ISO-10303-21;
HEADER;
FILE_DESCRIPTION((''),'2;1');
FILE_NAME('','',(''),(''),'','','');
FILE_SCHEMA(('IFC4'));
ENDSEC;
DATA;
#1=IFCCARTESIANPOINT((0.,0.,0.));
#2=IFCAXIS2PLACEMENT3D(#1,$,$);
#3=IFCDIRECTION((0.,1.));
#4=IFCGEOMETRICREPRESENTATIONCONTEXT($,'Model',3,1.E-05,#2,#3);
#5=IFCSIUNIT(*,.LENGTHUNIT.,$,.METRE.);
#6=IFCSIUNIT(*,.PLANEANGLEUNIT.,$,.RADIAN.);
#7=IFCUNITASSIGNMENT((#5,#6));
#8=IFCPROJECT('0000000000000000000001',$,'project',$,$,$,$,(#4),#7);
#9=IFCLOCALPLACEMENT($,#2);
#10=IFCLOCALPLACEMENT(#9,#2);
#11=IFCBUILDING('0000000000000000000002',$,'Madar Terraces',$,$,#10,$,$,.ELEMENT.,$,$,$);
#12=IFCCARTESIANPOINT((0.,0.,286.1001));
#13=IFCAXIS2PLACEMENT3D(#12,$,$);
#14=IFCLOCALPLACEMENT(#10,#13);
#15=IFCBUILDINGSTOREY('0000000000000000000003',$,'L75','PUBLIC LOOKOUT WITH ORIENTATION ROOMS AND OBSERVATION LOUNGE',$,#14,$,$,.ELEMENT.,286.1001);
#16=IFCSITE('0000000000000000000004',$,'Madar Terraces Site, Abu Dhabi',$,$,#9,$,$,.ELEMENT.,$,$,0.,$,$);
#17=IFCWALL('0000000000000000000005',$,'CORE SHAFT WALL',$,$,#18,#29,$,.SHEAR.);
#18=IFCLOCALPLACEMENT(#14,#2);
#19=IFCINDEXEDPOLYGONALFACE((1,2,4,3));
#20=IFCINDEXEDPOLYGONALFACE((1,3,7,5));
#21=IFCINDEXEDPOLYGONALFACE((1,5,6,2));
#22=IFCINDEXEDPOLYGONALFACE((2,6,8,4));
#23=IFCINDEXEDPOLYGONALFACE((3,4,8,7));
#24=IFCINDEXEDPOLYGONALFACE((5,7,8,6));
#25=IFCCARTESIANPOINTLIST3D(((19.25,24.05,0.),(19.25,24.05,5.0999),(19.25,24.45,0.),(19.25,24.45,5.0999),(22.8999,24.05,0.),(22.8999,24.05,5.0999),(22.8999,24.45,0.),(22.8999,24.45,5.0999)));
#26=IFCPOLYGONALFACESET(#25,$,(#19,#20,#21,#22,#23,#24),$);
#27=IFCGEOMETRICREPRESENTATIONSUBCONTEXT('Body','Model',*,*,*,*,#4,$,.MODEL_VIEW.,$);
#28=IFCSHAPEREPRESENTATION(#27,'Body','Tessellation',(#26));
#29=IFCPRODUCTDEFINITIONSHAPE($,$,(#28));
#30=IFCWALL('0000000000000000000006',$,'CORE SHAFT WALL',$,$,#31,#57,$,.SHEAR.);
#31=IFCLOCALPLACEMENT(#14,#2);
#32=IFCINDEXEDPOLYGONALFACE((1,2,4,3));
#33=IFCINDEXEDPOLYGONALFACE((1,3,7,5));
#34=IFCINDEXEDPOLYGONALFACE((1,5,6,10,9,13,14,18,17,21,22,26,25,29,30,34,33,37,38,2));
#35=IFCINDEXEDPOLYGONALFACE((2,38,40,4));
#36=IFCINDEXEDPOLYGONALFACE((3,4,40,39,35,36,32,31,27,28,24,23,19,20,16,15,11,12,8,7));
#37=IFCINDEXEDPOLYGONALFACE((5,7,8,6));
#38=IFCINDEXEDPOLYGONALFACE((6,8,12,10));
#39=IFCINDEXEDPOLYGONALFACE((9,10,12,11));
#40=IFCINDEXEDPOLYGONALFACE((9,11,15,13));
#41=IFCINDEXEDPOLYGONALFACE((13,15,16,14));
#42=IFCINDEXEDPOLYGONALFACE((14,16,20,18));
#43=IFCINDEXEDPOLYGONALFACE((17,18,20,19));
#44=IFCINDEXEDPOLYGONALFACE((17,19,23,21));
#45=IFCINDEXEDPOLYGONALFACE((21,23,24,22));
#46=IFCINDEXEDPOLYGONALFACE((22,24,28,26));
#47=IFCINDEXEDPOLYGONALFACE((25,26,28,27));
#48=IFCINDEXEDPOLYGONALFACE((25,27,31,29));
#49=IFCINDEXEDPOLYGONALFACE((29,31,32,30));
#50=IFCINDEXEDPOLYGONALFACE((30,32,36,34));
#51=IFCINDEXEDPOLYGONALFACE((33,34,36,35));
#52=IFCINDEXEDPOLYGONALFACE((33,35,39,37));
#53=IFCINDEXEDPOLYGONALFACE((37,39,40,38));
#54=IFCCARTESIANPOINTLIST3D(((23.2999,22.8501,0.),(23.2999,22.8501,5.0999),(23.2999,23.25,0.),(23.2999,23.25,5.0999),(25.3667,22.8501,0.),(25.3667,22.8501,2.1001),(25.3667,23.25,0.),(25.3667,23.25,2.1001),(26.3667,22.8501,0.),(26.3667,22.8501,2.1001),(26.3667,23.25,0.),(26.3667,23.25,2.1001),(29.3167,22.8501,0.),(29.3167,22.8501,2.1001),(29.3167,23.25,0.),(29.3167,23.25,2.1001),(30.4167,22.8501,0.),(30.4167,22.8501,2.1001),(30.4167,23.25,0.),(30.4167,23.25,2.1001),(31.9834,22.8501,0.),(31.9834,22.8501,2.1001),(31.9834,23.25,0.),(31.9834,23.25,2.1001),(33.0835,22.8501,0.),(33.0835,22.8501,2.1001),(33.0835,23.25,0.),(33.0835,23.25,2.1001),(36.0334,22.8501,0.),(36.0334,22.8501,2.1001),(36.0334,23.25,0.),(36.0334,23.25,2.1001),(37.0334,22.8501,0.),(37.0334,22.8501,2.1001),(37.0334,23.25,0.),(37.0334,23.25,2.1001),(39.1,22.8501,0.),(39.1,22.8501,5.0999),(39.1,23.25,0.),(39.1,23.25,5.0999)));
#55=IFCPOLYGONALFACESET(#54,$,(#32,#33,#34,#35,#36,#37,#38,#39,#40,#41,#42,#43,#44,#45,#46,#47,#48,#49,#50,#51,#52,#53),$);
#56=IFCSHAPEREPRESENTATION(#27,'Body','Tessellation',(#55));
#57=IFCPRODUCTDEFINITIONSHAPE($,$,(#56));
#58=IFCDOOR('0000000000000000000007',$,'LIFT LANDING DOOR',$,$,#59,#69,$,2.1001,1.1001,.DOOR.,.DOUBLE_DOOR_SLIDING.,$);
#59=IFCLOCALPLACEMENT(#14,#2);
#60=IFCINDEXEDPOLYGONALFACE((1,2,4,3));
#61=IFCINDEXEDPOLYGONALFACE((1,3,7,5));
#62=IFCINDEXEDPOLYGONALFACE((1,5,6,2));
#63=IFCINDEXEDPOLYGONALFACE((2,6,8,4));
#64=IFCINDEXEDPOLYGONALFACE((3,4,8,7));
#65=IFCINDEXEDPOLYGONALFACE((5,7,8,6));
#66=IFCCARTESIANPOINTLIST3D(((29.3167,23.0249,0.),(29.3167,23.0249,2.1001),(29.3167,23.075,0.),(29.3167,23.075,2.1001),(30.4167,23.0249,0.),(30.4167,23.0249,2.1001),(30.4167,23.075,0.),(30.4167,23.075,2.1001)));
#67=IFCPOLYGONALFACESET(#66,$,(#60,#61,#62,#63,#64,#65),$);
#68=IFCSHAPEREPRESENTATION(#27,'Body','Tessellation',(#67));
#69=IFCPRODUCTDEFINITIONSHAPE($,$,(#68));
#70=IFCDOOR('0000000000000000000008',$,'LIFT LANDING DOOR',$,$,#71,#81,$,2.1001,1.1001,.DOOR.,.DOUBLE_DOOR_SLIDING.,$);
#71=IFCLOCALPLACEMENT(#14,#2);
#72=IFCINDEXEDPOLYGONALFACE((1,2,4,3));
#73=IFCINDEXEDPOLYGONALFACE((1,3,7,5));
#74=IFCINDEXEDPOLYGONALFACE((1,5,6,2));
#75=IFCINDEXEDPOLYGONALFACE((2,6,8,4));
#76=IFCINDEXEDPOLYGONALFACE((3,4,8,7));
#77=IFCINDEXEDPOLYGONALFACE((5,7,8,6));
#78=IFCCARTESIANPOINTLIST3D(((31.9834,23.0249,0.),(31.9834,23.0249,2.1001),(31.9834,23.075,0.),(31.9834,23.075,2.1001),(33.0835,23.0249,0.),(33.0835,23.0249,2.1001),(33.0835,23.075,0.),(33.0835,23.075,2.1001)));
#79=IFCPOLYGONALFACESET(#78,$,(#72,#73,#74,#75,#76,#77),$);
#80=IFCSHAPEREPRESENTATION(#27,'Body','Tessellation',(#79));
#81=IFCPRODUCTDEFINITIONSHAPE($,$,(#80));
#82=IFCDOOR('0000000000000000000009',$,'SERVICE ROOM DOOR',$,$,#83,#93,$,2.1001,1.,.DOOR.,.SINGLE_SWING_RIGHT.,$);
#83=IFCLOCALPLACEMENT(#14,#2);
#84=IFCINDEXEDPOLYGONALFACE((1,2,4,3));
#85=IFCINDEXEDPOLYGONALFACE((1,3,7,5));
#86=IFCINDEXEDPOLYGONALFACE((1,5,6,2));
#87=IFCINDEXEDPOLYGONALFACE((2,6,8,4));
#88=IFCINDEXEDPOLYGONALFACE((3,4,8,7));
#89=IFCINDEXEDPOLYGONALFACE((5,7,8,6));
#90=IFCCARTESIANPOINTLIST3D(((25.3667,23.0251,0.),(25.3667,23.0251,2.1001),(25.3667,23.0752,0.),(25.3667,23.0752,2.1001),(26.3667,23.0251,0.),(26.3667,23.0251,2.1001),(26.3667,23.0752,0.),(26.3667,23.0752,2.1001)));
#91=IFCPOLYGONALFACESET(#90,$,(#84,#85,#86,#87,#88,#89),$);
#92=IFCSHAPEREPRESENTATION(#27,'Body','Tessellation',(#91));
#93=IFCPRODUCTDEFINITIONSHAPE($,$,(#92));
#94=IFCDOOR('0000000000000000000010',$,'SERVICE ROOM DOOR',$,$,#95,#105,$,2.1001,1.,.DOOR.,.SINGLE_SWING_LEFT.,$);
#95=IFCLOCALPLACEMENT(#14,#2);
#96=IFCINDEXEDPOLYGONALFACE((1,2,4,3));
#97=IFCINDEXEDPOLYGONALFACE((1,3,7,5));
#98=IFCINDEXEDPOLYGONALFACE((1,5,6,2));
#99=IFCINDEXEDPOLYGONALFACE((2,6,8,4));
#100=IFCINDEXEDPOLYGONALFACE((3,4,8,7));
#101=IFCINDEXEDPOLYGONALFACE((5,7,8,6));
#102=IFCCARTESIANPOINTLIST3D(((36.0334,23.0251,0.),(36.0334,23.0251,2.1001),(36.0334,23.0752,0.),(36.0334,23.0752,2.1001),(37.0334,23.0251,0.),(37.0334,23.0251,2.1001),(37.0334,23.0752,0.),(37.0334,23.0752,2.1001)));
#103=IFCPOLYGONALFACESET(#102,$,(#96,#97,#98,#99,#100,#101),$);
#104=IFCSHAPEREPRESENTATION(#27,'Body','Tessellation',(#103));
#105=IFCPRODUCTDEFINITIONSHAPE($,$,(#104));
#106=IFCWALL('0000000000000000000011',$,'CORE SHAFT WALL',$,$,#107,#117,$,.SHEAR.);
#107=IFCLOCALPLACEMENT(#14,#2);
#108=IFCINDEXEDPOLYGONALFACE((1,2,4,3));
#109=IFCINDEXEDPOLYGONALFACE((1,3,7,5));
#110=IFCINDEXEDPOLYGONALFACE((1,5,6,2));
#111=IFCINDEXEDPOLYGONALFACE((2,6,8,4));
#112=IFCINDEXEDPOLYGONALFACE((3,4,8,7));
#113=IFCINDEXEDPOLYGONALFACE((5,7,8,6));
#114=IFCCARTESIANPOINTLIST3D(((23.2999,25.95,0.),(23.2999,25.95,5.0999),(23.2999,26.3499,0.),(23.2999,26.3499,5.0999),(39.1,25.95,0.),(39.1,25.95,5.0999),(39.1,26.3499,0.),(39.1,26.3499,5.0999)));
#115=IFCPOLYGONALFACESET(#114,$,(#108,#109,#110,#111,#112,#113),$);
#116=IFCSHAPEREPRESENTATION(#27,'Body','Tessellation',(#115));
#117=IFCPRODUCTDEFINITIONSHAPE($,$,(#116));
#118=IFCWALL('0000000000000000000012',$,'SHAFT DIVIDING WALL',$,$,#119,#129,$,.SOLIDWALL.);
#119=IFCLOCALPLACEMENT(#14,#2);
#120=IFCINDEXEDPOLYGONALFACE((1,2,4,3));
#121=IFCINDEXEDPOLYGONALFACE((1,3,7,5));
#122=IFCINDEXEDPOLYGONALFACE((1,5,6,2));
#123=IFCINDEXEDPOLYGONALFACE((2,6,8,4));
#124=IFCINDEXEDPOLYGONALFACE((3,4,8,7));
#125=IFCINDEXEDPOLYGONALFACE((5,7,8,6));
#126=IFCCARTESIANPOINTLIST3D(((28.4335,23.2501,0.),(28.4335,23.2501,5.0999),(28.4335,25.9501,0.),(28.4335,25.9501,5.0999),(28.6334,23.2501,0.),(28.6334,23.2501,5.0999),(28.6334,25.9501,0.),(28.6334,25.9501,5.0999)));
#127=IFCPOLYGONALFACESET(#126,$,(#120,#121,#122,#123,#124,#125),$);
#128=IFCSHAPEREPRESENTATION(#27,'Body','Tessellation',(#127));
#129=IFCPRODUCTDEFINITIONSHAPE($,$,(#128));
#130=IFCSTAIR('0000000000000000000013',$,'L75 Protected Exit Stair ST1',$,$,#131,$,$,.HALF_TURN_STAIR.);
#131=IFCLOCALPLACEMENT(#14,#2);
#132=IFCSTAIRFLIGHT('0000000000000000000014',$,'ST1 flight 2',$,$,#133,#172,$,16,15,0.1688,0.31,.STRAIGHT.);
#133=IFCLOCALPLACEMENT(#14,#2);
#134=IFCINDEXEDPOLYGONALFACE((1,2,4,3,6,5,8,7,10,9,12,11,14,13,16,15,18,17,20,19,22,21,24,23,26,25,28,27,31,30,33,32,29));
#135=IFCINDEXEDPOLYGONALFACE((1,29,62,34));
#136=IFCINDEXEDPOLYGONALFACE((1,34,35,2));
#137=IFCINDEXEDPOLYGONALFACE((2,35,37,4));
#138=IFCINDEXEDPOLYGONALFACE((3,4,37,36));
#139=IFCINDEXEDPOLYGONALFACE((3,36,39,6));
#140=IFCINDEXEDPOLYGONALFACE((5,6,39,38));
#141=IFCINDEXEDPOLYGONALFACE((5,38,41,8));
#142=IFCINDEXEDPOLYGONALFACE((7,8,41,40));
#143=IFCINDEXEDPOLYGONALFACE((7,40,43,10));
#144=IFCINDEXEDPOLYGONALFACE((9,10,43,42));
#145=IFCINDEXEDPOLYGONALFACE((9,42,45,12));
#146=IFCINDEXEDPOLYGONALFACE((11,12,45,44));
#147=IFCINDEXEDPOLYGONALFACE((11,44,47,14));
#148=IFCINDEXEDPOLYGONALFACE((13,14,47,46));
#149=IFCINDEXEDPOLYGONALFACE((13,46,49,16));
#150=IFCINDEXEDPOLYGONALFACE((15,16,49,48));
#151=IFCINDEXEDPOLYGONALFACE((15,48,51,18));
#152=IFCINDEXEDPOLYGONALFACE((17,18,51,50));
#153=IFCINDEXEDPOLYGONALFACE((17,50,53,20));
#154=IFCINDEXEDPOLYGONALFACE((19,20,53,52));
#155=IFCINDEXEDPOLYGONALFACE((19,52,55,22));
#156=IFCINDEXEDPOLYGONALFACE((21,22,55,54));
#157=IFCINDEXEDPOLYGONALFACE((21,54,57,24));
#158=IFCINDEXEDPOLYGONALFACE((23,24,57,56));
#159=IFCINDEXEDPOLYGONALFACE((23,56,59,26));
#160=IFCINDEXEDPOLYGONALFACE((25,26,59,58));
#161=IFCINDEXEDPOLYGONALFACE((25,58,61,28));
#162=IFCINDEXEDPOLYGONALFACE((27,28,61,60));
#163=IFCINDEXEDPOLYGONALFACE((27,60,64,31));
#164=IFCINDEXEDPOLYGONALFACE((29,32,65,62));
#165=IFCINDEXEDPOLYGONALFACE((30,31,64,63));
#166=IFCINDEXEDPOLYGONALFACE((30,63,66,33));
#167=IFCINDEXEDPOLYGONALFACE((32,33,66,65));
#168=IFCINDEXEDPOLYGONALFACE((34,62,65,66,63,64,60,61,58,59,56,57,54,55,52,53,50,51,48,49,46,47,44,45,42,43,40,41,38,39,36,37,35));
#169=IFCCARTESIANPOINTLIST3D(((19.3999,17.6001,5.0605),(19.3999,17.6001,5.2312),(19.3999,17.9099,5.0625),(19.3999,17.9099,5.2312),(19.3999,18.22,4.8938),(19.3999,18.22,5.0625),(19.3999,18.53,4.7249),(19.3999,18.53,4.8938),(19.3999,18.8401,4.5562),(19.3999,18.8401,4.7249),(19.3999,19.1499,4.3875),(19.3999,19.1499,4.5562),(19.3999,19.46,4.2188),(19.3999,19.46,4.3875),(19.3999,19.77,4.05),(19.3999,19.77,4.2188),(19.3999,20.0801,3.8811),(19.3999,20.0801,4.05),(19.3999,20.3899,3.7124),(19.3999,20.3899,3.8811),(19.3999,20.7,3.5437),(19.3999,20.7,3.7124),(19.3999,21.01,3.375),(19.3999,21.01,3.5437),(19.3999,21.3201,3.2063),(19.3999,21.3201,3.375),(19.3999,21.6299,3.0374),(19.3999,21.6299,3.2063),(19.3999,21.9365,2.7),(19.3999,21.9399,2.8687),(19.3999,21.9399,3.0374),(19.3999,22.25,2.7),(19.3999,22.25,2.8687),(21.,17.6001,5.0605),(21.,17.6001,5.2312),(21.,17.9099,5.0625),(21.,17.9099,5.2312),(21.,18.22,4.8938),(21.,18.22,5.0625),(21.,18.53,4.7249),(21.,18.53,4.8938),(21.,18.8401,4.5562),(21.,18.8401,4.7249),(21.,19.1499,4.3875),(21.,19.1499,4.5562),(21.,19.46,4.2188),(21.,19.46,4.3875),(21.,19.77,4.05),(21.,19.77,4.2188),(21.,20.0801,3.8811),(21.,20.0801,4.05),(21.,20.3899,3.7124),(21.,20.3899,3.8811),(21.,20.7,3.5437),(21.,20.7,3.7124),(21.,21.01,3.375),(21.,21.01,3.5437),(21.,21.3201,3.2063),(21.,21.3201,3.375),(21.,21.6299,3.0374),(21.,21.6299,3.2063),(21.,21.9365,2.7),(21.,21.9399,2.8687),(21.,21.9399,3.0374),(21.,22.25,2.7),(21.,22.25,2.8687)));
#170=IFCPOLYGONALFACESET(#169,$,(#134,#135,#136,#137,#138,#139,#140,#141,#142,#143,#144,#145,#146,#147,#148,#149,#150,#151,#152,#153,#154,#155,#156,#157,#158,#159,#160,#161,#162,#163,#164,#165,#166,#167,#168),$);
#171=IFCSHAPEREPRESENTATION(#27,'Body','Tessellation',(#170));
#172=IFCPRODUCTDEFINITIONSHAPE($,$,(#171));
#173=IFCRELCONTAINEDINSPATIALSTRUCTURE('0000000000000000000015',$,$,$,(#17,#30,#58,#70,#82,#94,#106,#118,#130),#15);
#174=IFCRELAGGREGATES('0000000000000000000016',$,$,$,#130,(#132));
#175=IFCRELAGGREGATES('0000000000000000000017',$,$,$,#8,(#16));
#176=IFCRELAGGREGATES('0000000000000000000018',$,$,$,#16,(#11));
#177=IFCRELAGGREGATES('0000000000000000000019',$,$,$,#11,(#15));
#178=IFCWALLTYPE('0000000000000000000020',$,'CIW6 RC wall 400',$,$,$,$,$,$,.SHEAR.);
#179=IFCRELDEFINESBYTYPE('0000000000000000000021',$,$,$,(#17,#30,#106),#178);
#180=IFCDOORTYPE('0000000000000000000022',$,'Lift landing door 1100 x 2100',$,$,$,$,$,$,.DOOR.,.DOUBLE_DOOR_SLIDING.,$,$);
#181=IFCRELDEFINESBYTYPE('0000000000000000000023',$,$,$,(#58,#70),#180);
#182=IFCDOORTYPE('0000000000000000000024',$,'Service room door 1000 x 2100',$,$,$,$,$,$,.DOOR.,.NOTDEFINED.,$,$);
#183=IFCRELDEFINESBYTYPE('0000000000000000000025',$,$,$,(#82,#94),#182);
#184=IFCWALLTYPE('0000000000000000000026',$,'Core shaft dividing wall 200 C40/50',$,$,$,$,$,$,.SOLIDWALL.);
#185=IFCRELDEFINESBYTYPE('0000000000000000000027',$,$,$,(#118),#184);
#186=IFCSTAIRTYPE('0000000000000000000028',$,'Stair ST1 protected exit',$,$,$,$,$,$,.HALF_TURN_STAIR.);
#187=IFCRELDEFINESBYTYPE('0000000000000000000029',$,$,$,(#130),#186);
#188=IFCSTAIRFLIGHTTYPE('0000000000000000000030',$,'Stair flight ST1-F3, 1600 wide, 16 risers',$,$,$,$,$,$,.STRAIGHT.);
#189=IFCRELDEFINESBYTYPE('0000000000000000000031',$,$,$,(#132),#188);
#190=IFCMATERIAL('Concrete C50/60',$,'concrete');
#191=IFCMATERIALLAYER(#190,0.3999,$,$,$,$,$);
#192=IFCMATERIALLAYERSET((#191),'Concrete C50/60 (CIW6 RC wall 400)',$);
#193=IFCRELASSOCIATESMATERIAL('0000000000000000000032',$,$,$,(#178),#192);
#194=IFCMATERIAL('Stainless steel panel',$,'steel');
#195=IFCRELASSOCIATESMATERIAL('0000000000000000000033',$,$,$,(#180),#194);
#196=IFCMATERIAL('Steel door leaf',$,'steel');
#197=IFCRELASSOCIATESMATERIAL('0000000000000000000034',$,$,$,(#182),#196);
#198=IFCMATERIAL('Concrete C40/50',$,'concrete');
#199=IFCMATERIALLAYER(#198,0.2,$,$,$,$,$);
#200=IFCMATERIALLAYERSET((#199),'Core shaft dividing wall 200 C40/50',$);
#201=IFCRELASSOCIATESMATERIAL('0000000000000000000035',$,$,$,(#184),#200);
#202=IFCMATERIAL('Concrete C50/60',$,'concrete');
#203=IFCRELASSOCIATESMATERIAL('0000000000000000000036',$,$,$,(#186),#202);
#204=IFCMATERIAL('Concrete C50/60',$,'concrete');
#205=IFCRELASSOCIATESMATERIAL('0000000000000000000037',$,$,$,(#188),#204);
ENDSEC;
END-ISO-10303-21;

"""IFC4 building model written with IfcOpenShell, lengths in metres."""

from ifc_helpers import new_model, si_unit, direction, frame, frame_2d, origin, place, context, subcontext, project, spatial, polyline, rectangle, outline, extrude, material, layer, layer_set, type_object, element, fill, aggregate, save


model = new_model("IFC4")

# Units and contexts
model_context = context("Model", 3, precision=1e-05, world=origin(), true_north=direction((0.0, 1.0)))
body_context = subcontext(model_context, "Body", "Model", "MODEL_VIEW")
ifc_project = project(units=[si_unit("LENGTHUNIT", "METRE"), si_unit("PLANEANGLEUNIT", "RADIAN")], contexts=[model_context])

# Site, building, storey
site_placement = place(None, origin())
site = spatial("IfcSite", under=ifc_project, at=site_placement, Name="Madar Terraces Site, Abu Dhabi", CompositionType="ELEMENT", RefElevation=0.0)
building_placement = place(site_placement, origin())
building = spatial("IfcBuilding", under=site, at=building_placement, Name="Madar Terraces", CompositionType="ELEMENT")
storey_placement = place(building_placement, frame((0.0, 0.0, 286.1001)))
storey = spatial("IfcBuildingStorey", under=building, at=storey_placement, Name="L75", Description="PUBLIC LOOKOUT WITH ORIENTATION ROOMS AND OBSERVATION LOUNGE", CompositionType="ELEMENT", Elevation=286.1001)

# Wall
ifc_material_1 = material(Name="Concrete C50/60", Category="concrete")
ifc_layer_1 = layer(ifc_material_1, 0.3999)
ifc_layer_set_1 = layer_set([ifc_layer_1], Name="Concrete C50/60 (CIW6 RC wall 400)")
wall_type_1 = type_object("IfcWallType", Name="CIW6 RC wall 400", PredefinedType="SHEAR", material=ifc_layer_set_1)
wall_1_placement = place(storey_placement, frame((19.25, 24.25, 0.0), z_axis=(0.0, 0.0, 1.0), x_axis=(1.0, 0.0, 0.0)))
element("IfcWall", 1, at=wall_1_placement, inside=storey, type_object=wall_type_1, Name="CORE SHAFT WALL", PredefinedType="SHEAR", context=body_context, shape_type="SweptSolid", body=[
    extrude(rectangle(XDim=3.6499, YDim=0.3999, at=frame_2d((1.825, 0.0))), origin(), (0.0, 0.0, 1.0), 5.0999),
])

# Wall, openings, doors
wall_2_placement = place(storey_placement, frame((23.3, 23.05, 0.0), z_axis=(0.0, 0.0, 1.0), x_axis=(1.0, 0.0, 0.0)))
wall_2 = element("IfcWall", 2, at=wall_2_placement, inside=storey, type_object=wall_type_1, Name="CORE SHAFT WALL", PredefinedType="SHEAR", context=body_context, shape_type="SweptSolid", body=[
    extrude(rectangle(XDim=15.8, YDim=0.3999, at=frame_2d((7.8999, 0.0))), origin(), (0.0, 0.0, 1.0), 5.0999),
])
opening_1_placement = place(wall_2_placement, frame((6.0166, 0.0, 0.0)))
opening_1 = element("IfcOpeningElement", 3, at=opening_1_placement, cuts=wall_2, PredefinedType="OPENING", context=body_context, shape_type="SweptSolid", body=[
    extrude(rectangle(XDim=1.1001, YDim=2.1001, at=frame_2d((0.55, 1.05))), frame((0.0, 0.21, 0.0), z_axis=(0.0, -1.0, 0.0), x_axis=(1.0, 0.0, 0.0)), (0.0, 0.0, 1.0), 0.4199),
])
opening_2_placement = place(wall_2_placement, frame((8.6833, 0.0, 0.0)))
opening_2 = element("IfcOpeningElement", 4, at=opening_2_placement, cuts=wall_2, PredefinedType="OPENING", context=body_context, shape_type="SweptSolid", body=[
    extrude(rectangle(XDim=1.1001, YDim=2.1001, at=frame_2d((0.55, 1.05))), frame((0.0, 0.21, 0.0), z_axis=(0.0, -1.0, 0.0), x_axis=(1.0, 0.0, 0.0)), (0.0, 0.0, 1.0), 0.4199),
])
opening_3_placement = place(wall_2_placement, frame((2.0667, 0.0, 0.0)))
opening_3 = element("IfcOpeningElement", 5, at=opening_3_placement, cuts=wall_2, PredefinedType="OPENING", context=body_context, shape_type="SweptSolid", body=[
    extrude(rectangle(XDim=1.0, YDim=2.1001, at=frame_2d((0.5, 1.05))), frame((0.0, 0.21, 0.0), z_axis=(0.0, -1.0, 0.0), x_axis=(1.0, 0.0, 0.0)), (0.0, 0.0, 1.0), 0.4199),
])
opening_4_placement = place(wall_2_placement, frame((12.7334, 0.0, 0.0)))
opening_4 = element("IfcOpeningElement", 6, at=opening_4_placement, cuts=wall_2, PredefinedType="OPENING", context=body_context, shape_type="SweptSolid", body=[
    extrude(rectangle(XDim=1.0, YDim=2.1001, at=frame_2d((0.5, 1.05))), frame((0.0, 0.21, 0.0), z_axis=(0.0, -1.0, 0.0), x_axis=(1.0, 0.0, 0.0)), (0.0, 0.0, 1.0), 0.4199),
])
ifc_material_2 = material(Name="Stainless steel panel", Category="steel")
door_type_1 = type_object("IfcDoorType", Name="Lift landing door 1100 x 2100", OperationType="DOUBLE_DOOR_SLIDING", PredefinedType="DOOR", material=ifc_material_2)
door_1_placement = place(opening_1_placement, origin())
door_1 = element("IfcDoor", 7, at=door_1_placement, inside=storey, type_object=door_type_1, Name="LIFT LANDING DOOR", OperationType="DOUBLE_DOOR_SLIDING", OverallHeight=2.1001, OverallWidth=1.1001, PredefinedType="DOOR", context=body_context, shape_type="SweptSolid", body=[
    extrude(rectangle(XDim=1.1001, YDim=2.1001, at=frame_2d((0.55, 1.05))), frame((0.0, 0.0249, 0.0), z_axis=(0.0, -1.0, 0.0), x_axis=(1.0, 0.0, 0.0)), (0.0, 0.0, 1.0), 0.05),
])
fill(opening_1, door_1)
door_2_placement = place(opening_2_placement, origin())
door_2 = element("IfcDoor", 8, at=door_2_placement, inside=storey, type_object=door_type_1, Name="LIFT LANDING DOOR", OperationType="DOUBLE_DOOR_SLIDING", OverallHeight=2.1001, OverallWidth=1.1001, PredefinedType="DOOR", context=body_context, shape_type="SweptSolid", body=[
    extrude(rectangle(XDim=1.1001, YDim=2.1001, at=frame_2d((0.55, 1.05))), frame((0.0, 0.0249, 0.0), z_axis=(0.0, -1.0, 0.0), x_axis=(1.0, 0.0, 0.0)), (0.0, 0.0, 1.0), 0.05),
])
fill(opening_2, door_2)
ifc_material_3 = material(Name="Steel door leaf", Category="steel")
door_type_2 = type_object("IfcDoorType", Name="Service room door 1000 x 2100", OperationType="NOTDEFINED", PredefinedType="DOOR", material=ifc_material_3)
door_3_placement = place(opening_3_placement, frame((1.0, 0.0, 0.0), z_axis=(0.0, 0.0, 1.0), x_axis=(-1.0, 0.0, 0.0)))
door_3 = element("IfcDoor", 9, at=door_3_placement, inside=storey, type_object=door_type_2, Name="SERVICE ROOM DOOR", OperationType="SINGLE_SWING_RIGHT", OverallHeight=2.1001, OverallWidth=1.0, PredefinedType="DOOR", context=body_context, shape_type="SweptSolid", body=[
    extrude(rectangle(XDim=1.0, YDim=2.1001, at=frame_2d((0.5, 1.05))), frame((0.0, 0.0249, 0.0), z_axis=(0.0, -1.0, 0.0), x_axis=(1.0, 0.0, 0.0)), (0.0, 0.0, 1.0), 0.05),
])
fill(opening_3, door_3)
door_4_placement = place(opening_4_placement, frame((1.0, 0.0, 0.0), z_axis=(0.0, 0.0, 1.0), x_axis=(-1.0, 0.0, 0.0)))
door_4 = element("IfcDoor", 10, at=door_4_placement, inside=storey, type_object=door_type_2, Name="SERVICE ROOM DOOR", OperationType="SINGLE_SWING_LEFT", OverallHeight=2.1001, OverallWidth=1.0, PredefinedType="DOOR", context=body_context, shape_type="SweptSolid", body=[
    extrude(rectangle(XDim=1.0, YDim=2.1001, at=frame_2d((0.5, 1.05))), frame((0.0, 0.0249, 0.0), z_axis=(0.0, -1.0, 0.0), x_axis=(1.0, 0.0, 0.0)), (0.0, 0.0, 1.0), 0.05),
])
fill(opening_4, door_4)

# Walls
wall_3_placement = place(storey_placement, frame((23.3, 26.1499, 0.0), z_axis=(0.0, 0.0, 1.0), x_axis=(1.0, 0.0, 0.0)))
element("IfcWall", 11, at=wall_3_placement, inside=storey, type_object=wall_type_1, Name="CORE SHAFT WALL", PredefinedType="SHEAR", context=body_context, shape_type="SweptSolid", body=[
    extrude(rectangle(XDim=15.8, YDim=0.3999, at=frame_2d((7.8999, 0.0))), origin(), (0.0, 0.0, 1.0), 5.0999),
])
ifc_material_4 = material(Name="Concrete C40/50", Category="concrete")
ifc_layer_2 = layer(ifc_material_4, 0.2)
ifc_layer_set_2 = layer_set([ifc_layer_2], Name="Core shaft dividing wall 200 C40/50")
wall_type_2 = type_object("IfcWallType", Name="Core shaft dividing wall 200 C40/50", PredefinedType="SOLIDWALL", material=ifc_layer_set_2)
wall_4_placement = place(storey_placement, frame((28.5334, 23.25, 0.0), z_axis=(0.0, 0.0, 1.0), x_axis=(0.0, 1.0, 0.0)))
element("IfcWall", 12, at=wall_4_placement, inside=storey, type_object=wall_type_2, Name="SHAFT DIVIDING WALL", PredefinedType="SOLIDWALL", context=body_context, shape_type="SweptSolid", body=[
    extrude(rectangle(XDim=2.7, YDim=0.2, at=frame_2d((1.3501, 0.0))), origin(), (0.0, 0.0, 1.0), 5.0999),
])

# Stair, stair flight
ifc_material_5 = material(Name="Concrete C50/60", Category="concrete")
stair_type = type_object("IfcStairType", Name="Stair ST1 protected exit", PredefinedType="HALF_TURN_STAIR", material=ifc_material_5)
stair_placement = place(storey_placement, origin())
stair = element("IfcStair", 13, at=stair_placement, inside=storey, type_object=stair_type, Name="L75 Protected Exit Stair ST1", PredefinedType="HALF_TURN_STAIR")
ifc_material_6 = material(Name="Concrete C50/60", Category="concrete")
stair_flight_type = type_object("IfcStairFlightType", Name="Stair flight ST1-F3, 1600 wide, 16 risers", PredefinedType="STRAIGHT", material=ifc_material_6)
stair_flight_placement = place(storey_placement, frame((20.2, 22.25, 2.7), z_axis=(0.0, 0.0, 1.0), x_axis=(0.0, -1.0, 0.0)))
stair_flight = element("IfcStairFlight", 14, at=stair_flight_placement, type_object=stair_flight_type, Name="ST1 flight 2", NumberOfRisers=16, NumberOfTreads=15, PredefinedType="STRAIGHT", RiserHeight=0.1688, TreadLength=0.31, context=body_context, shape_type="SweptSolid", body=[
    extrude(outline(polyline([(0.0, 0.0), (0.0, 0.1687), (0.3101, 0.1687), (0.3101, 0.3374), (0.6201, 0.3374), (0.6201, 0.5063), (0.9299, 0.5063), (0.9299, 0.675), (1.24, 0.675), (1.24, 0.8438), (1.55, 0.8438), (1.55, 1.0125), (1.8601, 1.0125), (1.8601, 1.1812), (2.1699, 1.1812), (2.1699, 1.3501), (2.48, 1.3501), (2.48, 1.5188), (2.79, 1.5188), (2.79, 1.6875), (3.1001, 1.6875), (3.1001, 1.8562), (3.4099, 1.8562), (3.4099, 2.0249), (3.72, 2.0249), (3.72, 2.1938), (4.03, 2.1938), (4.03, 2.3625), (4.3401, 2.3625), (4.3401, 2.5312), (4.6499, 2.5312), (4.6499, 2.7), (4.6499, 2.3606), (0.3135, 0.0), (0.0, 0.0)])), frame((0.0, 0.8, 0.0), z_axis=(0.0, -1.0, 0.0), x_axis=(1.0, 0.0, 0.0)), (0.0, 0.0, 1.0), 1.6001),
])
aggregate(stair, [stair_flight])

save(model, "model.ifc")
